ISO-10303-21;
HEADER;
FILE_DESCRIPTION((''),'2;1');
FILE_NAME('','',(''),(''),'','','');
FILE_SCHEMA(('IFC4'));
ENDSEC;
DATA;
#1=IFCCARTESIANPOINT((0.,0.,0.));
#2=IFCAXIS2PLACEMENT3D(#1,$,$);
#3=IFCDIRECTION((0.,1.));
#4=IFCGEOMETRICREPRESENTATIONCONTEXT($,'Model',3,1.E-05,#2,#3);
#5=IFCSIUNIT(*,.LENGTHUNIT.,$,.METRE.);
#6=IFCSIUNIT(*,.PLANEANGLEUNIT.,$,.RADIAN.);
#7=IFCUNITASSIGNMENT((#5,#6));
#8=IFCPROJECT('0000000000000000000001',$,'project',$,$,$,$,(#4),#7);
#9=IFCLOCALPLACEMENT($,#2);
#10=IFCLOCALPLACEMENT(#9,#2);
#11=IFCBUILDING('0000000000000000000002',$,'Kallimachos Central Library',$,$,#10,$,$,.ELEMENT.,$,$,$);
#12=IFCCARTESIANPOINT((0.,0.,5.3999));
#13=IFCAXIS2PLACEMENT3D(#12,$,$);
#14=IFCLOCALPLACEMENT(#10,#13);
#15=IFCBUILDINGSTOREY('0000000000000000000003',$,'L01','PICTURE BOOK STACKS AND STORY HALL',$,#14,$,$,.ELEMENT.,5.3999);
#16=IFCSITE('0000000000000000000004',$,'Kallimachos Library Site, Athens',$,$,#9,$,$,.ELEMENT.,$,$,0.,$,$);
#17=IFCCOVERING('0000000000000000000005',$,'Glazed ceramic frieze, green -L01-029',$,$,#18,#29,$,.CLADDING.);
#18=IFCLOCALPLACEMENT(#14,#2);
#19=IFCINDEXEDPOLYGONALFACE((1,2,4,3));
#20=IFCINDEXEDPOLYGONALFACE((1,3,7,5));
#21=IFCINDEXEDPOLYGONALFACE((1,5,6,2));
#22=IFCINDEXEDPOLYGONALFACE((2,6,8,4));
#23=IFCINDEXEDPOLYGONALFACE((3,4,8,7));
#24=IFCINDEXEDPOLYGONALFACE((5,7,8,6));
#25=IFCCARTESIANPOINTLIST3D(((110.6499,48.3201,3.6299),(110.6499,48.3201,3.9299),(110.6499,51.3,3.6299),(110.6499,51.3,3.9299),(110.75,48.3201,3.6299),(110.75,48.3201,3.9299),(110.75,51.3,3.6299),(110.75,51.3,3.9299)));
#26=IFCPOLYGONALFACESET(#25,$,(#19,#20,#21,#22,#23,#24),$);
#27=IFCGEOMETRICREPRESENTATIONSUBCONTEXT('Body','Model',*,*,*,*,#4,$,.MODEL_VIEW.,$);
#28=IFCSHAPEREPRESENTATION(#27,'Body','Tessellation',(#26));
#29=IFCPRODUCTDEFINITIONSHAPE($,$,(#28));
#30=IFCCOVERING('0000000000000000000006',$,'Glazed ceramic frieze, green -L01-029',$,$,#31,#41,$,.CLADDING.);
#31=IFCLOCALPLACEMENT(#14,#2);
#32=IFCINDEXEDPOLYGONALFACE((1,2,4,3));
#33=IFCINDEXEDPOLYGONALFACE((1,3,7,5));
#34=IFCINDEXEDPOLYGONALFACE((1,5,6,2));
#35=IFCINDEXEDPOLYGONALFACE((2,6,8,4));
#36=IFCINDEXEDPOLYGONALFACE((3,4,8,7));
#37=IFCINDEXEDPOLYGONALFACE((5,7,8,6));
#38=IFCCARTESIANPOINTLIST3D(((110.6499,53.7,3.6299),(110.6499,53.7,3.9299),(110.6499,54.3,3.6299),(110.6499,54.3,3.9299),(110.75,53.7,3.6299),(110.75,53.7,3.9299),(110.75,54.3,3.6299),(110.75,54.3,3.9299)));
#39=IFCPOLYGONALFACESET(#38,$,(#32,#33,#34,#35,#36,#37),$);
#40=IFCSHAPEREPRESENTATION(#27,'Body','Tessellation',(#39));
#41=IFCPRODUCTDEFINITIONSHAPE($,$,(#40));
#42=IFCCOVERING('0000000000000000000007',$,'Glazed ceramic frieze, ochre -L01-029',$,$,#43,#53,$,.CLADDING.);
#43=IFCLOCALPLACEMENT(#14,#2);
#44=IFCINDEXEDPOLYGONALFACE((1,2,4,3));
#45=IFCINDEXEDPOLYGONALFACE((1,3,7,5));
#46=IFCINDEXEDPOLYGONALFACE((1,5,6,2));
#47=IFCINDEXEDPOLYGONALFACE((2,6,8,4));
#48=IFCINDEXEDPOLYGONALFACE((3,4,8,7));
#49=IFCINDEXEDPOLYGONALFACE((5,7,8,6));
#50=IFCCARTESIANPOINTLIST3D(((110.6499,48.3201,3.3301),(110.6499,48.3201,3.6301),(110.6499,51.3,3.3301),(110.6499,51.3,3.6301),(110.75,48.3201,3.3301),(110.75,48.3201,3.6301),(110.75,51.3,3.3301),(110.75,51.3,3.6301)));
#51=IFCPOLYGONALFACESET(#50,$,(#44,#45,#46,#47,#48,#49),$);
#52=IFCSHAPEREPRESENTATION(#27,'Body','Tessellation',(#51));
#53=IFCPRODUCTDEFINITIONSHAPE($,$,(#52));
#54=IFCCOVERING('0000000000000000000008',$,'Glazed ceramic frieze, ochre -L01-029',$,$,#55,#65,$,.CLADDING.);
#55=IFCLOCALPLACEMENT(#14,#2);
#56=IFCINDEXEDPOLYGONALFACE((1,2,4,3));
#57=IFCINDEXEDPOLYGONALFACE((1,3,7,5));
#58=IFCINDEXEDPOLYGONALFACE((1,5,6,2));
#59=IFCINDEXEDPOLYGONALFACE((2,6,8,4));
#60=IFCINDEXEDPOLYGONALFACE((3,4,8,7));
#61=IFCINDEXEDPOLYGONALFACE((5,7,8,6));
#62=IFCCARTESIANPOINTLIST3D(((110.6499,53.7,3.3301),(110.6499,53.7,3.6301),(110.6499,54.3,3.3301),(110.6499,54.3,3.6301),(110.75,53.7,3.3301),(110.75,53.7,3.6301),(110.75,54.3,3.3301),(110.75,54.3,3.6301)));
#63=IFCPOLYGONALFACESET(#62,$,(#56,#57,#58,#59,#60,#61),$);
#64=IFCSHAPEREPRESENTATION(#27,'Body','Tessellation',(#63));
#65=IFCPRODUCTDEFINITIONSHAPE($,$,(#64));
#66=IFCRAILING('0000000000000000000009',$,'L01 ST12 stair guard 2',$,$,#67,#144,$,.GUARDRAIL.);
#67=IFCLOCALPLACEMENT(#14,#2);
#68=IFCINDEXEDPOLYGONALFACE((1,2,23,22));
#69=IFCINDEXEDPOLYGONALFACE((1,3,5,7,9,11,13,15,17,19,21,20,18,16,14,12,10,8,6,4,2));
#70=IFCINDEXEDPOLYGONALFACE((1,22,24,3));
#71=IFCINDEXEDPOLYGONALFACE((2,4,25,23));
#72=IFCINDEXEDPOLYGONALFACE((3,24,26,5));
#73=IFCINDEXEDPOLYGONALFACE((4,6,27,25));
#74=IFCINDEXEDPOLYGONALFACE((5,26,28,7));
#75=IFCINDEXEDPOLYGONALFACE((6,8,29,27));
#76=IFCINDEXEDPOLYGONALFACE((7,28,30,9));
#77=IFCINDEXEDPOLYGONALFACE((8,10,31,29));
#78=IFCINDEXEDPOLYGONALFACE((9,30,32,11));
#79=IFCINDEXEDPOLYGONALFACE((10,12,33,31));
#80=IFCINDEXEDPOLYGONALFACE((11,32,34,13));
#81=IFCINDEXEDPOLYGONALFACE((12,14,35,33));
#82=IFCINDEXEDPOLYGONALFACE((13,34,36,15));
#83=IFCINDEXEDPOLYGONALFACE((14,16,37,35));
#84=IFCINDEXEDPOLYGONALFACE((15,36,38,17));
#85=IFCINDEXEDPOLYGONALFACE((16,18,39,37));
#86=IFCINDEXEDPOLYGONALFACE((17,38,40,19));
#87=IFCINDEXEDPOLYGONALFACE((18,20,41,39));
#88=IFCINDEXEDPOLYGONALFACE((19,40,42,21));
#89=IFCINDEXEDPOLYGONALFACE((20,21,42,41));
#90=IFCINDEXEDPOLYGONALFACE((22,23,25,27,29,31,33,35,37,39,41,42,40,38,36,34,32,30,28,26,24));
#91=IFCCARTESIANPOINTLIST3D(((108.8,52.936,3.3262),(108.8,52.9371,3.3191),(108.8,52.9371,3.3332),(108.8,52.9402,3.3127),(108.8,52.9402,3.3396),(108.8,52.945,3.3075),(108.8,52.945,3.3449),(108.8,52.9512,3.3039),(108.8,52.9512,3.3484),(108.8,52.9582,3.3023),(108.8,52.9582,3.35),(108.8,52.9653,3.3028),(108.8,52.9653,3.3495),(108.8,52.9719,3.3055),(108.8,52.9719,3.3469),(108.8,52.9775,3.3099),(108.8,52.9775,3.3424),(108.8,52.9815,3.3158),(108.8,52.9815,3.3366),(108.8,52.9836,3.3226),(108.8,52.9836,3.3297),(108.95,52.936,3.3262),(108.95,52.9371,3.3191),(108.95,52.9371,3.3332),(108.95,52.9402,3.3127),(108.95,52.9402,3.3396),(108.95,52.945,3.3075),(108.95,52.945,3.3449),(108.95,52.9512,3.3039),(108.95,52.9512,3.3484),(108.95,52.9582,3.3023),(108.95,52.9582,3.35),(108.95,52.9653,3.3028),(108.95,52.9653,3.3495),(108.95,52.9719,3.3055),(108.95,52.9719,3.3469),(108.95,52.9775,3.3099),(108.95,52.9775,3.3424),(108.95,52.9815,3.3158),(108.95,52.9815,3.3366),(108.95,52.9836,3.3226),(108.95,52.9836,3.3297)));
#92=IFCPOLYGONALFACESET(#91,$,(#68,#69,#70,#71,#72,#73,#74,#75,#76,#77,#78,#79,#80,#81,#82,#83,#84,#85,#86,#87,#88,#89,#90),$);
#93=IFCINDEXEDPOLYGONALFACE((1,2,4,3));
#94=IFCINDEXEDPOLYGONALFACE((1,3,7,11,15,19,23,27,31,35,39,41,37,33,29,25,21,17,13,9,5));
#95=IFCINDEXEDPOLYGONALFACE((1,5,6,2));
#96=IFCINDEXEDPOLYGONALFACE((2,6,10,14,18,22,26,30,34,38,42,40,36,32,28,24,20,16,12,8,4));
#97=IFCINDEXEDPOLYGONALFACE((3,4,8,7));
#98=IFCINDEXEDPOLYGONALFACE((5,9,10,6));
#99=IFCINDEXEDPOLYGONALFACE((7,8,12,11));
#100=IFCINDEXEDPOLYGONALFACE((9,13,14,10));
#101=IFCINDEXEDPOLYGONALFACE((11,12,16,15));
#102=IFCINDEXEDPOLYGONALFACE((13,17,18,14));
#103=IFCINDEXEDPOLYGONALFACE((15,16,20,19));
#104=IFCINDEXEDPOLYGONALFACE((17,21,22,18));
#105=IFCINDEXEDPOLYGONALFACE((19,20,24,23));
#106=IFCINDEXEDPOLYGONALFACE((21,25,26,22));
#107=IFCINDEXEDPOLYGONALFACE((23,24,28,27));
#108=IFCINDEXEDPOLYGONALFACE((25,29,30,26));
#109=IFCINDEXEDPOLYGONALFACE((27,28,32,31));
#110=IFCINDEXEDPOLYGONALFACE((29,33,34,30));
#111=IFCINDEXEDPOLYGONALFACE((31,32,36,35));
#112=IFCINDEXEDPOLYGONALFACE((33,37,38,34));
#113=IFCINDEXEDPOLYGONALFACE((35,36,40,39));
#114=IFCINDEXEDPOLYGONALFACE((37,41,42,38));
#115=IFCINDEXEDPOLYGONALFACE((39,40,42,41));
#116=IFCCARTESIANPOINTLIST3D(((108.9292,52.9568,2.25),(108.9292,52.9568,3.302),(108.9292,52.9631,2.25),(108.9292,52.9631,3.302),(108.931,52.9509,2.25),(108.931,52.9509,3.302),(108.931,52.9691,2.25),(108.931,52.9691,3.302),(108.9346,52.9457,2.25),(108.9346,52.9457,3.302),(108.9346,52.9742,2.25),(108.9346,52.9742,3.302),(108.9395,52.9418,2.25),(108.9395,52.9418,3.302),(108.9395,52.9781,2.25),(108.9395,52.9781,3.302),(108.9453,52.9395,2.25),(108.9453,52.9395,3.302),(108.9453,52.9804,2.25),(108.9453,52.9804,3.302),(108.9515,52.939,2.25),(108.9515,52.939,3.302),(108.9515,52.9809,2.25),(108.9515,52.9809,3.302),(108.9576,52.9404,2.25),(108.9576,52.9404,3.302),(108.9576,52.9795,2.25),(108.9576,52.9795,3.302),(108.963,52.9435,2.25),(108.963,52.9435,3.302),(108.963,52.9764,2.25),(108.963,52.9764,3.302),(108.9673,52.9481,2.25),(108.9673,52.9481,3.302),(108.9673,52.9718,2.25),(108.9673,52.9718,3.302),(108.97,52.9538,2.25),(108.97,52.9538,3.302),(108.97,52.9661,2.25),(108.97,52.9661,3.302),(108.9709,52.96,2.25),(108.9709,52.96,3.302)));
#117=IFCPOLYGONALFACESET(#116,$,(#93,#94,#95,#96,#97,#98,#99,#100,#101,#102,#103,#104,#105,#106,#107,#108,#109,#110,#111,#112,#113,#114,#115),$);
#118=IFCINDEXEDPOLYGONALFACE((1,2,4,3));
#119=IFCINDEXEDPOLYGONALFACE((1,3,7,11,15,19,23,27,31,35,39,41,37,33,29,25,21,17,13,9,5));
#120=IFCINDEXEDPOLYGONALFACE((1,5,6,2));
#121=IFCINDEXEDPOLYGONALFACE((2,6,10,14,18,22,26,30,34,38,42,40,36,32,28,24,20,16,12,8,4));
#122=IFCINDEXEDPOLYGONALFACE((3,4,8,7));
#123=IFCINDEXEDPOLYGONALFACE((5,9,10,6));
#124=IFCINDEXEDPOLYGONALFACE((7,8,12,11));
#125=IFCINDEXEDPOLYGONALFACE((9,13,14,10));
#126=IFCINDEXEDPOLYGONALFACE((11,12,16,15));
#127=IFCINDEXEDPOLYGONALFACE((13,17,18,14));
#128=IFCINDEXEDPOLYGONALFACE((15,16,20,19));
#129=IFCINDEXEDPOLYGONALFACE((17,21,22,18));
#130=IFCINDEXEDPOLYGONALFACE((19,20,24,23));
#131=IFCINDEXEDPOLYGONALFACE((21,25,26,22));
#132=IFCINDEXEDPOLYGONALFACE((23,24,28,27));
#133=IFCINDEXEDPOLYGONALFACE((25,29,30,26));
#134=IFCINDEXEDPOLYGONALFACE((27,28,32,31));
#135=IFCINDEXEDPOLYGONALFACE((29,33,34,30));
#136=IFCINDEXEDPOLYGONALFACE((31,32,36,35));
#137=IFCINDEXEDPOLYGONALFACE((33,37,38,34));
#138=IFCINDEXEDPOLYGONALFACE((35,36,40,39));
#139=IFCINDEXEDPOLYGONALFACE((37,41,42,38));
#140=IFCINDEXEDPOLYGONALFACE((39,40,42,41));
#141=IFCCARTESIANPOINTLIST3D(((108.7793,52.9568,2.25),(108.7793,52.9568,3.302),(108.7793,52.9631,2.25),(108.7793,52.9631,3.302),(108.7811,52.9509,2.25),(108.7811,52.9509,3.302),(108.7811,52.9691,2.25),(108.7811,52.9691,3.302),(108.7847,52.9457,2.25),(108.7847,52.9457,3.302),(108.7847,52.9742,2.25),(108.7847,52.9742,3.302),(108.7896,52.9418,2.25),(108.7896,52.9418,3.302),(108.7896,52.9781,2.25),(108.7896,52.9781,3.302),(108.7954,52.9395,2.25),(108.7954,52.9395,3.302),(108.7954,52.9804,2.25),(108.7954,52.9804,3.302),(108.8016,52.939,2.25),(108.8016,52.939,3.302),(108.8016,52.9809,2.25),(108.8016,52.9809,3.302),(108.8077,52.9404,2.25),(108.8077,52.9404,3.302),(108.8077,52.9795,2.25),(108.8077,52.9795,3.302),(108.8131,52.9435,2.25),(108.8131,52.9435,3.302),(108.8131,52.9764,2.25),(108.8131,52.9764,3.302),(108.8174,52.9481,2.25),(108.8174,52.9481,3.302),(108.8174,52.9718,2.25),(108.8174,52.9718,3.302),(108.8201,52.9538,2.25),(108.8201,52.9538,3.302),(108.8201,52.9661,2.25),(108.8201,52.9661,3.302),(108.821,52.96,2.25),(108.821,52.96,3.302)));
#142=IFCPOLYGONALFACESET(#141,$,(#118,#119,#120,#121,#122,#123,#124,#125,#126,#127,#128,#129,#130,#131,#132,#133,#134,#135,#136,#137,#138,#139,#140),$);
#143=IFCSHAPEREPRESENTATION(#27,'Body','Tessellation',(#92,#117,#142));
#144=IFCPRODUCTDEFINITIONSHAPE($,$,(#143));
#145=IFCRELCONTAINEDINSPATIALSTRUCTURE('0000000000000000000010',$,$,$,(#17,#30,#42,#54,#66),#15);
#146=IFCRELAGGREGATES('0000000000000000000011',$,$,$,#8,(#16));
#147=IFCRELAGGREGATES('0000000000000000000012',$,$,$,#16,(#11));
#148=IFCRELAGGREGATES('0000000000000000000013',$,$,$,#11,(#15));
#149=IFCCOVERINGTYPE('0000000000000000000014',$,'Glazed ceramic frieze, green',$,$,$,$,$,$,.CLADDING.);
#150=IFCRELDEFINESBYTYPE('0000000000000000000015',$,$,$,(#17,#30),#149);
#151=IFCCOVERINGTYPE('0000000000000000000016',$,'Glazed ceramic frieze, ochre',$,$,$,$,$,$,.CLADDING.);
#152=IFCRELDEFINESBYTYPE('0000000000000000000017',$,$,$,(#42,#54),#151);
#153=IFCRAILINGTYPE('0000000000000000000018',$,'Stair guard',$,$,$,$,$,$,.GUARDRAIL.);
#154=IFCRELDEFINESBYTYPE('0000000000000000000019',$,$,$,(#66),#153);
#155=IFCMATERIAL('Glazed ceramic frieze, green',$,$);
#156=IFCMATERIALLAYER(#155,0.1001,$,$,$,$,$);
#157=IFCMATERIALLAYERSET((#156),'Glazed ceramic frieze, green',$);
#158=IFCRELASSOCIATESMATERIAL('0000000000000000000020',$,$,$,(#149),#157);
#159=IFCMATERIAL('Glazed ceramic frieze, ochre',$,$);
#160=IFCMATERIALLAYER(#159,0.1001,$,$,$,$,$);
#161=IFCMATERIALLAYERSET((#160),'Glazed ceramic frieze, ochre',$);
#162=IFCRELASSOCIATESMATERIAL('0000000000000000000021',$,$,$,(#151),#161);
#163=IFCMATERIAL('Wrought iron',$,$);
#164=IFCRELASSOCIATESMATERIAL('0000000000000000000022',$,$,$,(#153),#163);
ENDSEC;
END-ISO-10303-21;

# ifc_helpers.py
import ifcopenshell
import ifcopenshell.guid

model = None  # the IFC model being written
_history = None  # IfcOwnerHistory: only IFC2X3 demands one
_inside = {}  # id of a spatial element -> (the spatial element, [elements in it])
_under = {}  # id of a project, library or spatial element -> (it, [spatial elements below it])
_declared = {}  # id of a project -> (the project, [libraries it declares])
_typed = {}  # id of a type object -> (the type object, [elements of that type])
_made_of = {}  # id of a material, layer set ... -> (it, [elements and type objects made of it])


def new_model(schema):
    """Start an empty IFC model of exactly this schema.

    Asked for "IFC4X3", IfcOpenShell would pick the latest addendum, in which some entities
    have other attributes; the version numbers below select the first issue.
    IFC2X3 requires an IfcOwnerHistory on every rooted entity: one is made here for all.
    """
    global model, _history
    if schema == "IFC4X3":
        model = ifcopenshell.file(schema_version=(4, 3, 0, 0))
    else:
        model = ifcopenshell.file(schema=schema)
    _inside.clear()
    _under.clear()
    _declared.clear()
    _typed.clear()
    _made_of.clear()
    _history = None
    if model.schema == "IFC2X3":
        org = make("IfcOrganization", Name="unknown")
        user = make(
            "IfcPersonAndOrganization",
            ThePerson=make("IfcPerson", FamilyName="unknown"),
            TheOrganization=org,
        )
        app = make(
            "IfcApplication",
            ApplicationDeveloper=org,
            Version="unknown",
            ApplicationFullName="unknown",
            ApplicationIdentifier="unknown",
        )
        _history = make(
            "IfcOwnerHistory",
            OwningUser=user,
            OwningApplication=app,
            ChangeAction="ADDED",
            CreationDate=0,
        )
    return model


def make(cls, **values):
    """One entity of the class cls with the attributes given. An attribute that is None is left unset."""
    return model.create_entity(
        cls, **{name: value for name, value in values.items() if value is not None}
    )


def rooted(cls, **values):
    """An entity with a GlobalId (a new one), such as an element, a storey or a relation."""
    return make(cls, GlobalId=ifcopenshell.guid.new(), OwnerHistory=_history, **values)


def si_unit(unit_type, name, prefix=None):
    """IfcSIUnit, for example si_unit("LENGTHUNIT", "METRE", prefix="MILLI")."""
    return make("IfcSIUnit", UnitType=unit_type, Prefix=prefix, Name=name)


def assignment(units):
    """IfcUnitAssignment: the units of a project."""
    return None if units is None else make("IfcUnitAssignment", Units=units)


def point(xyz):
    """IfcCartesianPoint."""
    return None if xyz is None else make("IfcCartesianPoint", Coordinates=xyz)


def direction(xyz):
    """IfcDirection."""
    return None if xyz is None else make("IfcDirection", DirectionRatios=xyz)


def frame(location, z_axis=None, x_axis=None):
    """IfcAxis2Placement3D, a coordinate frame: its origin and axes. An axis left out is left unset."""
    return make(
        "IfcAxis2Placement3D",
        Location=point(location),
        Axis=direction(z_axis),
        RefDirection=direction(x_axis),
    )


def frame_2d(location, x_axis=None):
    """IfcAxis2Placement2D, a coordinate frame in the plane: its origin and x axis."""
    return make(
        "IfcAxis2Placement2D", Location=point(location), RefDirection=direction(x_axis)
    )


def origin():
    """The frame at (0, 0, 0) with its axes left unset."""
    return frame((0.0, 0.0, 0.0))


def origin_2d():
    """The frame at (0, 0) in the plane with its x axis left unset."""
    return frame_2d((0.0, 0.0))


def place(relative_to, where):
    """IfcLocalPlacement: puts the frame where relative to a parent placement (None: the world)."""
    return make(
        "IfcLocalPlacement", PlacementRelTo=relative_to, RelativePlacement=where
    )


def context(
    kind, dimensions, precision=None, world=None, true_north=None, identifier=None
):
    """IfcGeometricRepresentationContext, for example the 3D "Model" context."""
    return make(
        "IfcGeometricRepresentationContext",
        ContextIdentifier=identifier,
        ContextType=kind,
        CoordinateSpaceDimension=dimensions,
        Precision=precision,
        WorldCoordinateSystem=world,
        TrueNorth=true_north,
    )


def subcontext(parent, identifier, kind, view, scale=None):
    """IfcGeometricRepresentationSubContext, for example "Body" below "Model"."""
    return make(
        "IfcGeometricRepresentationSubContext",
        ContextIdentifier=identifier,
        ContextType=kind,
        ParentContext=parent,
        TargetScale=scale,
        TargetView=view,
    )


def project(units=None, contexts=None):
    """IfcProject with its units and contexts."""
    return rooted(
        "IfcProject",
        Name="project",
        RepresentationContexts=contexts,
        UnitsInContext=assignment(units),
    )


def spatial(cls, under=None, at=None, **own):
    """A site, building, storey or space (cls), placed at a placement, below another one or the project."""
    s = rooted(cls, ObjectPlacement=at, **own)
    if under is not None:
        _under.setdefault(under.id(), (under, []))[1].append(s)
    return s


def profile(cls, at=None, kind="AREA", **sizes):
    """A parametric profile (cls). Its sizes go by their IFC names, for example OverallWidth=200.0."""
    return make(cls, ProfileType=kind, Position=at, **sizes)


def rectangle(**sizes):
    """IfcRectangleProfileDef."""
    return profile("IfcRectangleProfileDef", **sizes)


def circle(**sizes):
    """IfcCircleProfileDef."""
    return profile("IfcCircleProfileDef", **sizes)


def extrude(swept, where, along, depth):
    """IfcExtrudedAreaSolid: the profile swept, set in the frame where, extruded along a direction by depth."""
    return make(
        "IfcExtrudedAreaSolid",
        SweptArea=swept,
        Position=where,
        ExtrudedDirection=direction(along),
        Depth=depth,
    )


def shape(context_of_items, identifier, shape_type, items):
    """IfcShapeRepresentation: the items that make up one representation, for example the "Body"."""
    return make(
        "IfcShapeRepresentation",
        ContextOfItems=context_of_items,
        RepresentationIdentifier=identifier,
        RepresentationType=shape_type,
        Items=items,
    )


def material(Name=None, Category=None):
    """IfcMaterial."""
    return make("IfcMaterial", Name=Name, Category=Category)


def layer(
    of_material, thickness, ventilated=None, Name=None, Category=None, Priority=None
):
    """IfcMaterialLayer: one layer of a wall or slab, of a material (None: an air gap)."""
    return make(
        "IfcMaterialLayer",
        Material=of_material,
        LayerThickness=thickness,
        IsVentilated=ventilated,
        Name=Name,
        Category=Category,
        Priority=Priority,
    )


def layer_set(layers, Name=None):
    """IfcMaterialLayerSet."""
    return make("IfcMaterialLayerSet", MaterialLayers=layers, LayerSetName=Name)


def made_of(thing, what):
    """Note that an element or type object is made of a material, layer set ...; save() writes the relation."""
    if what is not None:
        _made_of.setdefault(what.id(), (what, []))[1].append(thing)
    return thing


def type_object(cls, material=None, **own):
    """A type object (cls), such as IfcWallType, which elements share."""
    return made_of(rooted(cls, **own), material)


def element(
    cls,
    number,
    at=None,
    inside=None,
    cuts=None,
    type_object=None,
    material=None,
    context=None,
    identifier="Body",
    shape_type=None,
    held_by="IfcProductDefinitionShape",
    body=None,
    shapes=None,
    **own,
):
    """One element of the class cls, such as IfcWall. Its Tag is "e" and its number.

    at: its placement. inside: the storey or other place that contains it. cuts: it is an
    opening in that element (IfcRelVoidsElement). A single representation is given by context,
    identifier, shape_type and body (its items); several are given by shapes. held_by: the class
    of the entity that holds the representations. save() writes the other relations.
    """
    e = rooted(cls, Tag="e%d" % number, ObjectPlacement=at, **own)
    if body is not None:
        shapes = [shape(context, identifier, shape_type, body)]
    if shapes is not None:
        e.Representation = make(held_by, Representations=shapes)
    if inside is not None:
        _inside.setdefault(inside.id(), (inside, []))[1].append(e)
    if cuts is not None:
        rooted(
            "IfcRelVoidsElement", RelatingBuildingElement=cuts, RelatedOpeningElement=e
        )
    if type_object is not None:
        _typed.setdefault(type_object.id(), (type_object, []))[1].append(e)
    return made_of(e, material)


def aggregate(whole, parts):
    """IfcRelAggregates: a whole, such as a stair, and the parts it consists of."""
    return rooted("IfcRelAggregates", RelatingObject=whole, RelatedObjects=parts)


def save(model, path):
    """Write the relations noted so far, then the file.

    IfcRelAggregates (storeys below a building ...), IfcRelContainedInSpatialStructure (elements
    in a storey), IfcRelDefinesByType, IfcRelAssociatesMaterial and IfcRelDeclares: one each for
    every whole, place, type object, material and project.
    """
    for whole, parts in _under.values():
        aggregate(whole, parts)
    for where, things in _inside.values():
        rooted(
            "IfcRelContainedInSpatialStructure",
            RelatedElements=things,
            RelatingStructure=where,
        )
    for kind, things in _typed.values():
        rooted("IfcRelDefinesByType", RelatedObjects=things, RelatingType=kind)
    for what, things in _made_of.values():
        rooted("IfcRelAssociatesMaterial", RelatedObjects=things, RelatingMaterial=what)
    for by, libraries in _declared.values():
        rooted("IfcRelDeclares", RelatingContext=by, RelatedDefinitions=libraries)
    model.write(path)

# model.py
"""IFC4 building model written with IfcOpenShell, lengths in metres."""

from ifc_helpers import new_model, si_unit, direction, frame, origin, origin_2d, place, context, subcontext, project, spatial, rectangle, circle, extrude, material, layer, layer_set, type_object, element, save


model = new_model("IFC4")

# Units and contexts
model_context = context("Model", 3, precision=1e-05, world=origin(), true_north=direction((0.0, 1.0)))
body_context = subcontext(model_context, "Body", "Model", "MODEL_VIEW")
ifc_project = project(units=[si_unit("LENGTHUNIT", "METRE"), si_unit("PLANEANGLEUNIT", "RADIAN")], contexts=[model_context])

# Site, building, storey
site_placement = place(None, origin())
site = spatial("IfcSite", under=ifc_project, at=site_placement, Name="Kallimachos Library Site, Athens", CompositionType="ELEMENT", RefElevation=0.0)
building_placement = place(site_placement, origin())
building = spatial("IfcBuilding", under=site, at=building_placement, Name="Kallimachos Central Library", CompositionType="ELEMENT")
storey_placement = place(building_placement, frame((0.0, 0.0, 5.3999)))
storey = spatial("IfcBuildingStorey", under=building, at=storey_placement, Name="L01", Description="PICTURE BOOK STACKS AND STORY HALL", CompositionType="ELEMENT", Elevation=5.3999)

# Coverings
ifc_material_1 = material(Name="Glazed ceramic frieze, green")
ifc_layer_1 = layer(ifc_material_1, 0.1001)
ifc_layer_set_1 = layer_set([ifc_layer_1], Name="Glazed ceramic frieze, green")
covering_type_1 = type_object("IfcCoveringType", Name="Glazed ceramic frieze, green", PredefinedType="CLADDING", material=ifc_layer_set_1)
covering_1_placement = place(storey_placement, frame((110.7, 49.8101, 3.6299), z_axis=(0.0, 0.0, 1.0), x_axis=(1.0, 0.0, 0.0)))
element("IfcCovering", 1, at=covering_1_placement, inside=storey, type_object=covering_type_1, Name="Glazed ceramic frieze, green -L01-029", PredefinedType="CLADDING", context=body_context, shape_type="SweptSolid", body=[
    extrude(rectangle(XDim=0.1001, YDim=2.98, at=origin_2d()), origin(), (0.0, 0.0, 1.0), 0.3),
])
covering_2_placement = place(storey_placement, frame((110.7, 54.0, 3.6299), z_axis=(0.0, 0.0, 1.0), x_axis=(1.0, 0.0, 0.0)))
element("IfcCovering", 2, at=covering_2_placement, inside=storey, type_object=covering_type_1, Name="Glazed ceramic frieze, green -L01-029", PredefinedType="CLADDING", context=body_context, shape_type="SweptSolid", body=[
    extrude(rectangle(XDim=0.1001, YDim=0.6001, at=origin_2d()), origin(), (0.0, 0.0, 1.0), 0.3),
])
ifc_material_2 = material(Name="Glazed ceramic frieze, ochre")
ifc_layer_2 = layer(ifc_material_2, 0.1001)
ifc_layer_set_2 = layer_set([ifc_layer_2], Name="Glazed ceramic frieze, ochre")
covering_type_2 = type_object("IfcCoveringType", Name="Glazed ceramic frieze, ochre", PredefinedType="CLADDING", material=ifc_layer_set_2)
covering_3_placement = place(storey_placement, frame((110.7, 49.8101, 3.3301), z_axis=(0.0, 0.0, 1.0), x_axis=(1.0, 0.0, 0.0)))
element("IfcCovering", 3, at=covering_3_placement, inside=storey, type_object=covering_type_2, Name="Glazed ceramic frieze, ochre -L01-029", PredefinedType="CLADDING", context=body_context, shape_type="SweptSolid", body=[
    extrude(rectangle(XDim=0.1001, YDim=2.98, at=origin_2d()), origin(), (0.0, 0.0, 1.0), 0.3),
])
covering_4_placement = place(storey_placement, frame((110.7, 54.0, 3.3301), z_axis=(0.0, 0.0, 1.0), x_axis=(1.0, 0.0, 0.0)))
element("IfcCovering", 4, at=covering_4_placement, inside=storey, type_object=covering_type_2, Name="Glazed ceramic frieze, ochre -L01-029", PredefinedType="CLADDING", context=body_context, shape_type="SweptSolid", body=[
    extrude(rectangle(XDim=0.1001, YDim=0.6001, at=origin_2d()), origin(), (0.0, 0.0, 1.0), 0.3),
])

# Railing
ifc_material_3 = material(Name="Wrought iron")
railing_type_1 = type_object("IfcRailingType", Name="Stair guard", PredefinedType="GUARDRAIL", material=ifc_material_3)
railing_1_placement = place(storey_placement, frame((108.95, 52.96, 2.25)))
element("IfcRailing", 5, at=railing_1_placement, inside=storey, type_object=railing_type_1, Name="L01 ST12 stair guard 2", PredefinedType="GUARDRAIL", context=body_context, shape_type="SweptSolid", body=[
    extrude(circle(Radius=0.0239, at=origin_2d()), frame((0.0, 0.0, 1.0762), z_axis=(-1.0, 0.0, 0.0), x_axis=(0.0, -1.0, 0.0)), (0.0, 0.0, 1.0), 0.1499),
    extrude(circle(Radius=0.021, at=origin_2d()), origin(), (0.0, 0.0, 1.0), 1.052),
    extrude(circle(Radius=0.021, at=origin_2d()), frame((-0.1499, 0.0, 0.0)), (0.0, 0.0, 1.0), 1.052),
])

save(model, "model.ifc")
